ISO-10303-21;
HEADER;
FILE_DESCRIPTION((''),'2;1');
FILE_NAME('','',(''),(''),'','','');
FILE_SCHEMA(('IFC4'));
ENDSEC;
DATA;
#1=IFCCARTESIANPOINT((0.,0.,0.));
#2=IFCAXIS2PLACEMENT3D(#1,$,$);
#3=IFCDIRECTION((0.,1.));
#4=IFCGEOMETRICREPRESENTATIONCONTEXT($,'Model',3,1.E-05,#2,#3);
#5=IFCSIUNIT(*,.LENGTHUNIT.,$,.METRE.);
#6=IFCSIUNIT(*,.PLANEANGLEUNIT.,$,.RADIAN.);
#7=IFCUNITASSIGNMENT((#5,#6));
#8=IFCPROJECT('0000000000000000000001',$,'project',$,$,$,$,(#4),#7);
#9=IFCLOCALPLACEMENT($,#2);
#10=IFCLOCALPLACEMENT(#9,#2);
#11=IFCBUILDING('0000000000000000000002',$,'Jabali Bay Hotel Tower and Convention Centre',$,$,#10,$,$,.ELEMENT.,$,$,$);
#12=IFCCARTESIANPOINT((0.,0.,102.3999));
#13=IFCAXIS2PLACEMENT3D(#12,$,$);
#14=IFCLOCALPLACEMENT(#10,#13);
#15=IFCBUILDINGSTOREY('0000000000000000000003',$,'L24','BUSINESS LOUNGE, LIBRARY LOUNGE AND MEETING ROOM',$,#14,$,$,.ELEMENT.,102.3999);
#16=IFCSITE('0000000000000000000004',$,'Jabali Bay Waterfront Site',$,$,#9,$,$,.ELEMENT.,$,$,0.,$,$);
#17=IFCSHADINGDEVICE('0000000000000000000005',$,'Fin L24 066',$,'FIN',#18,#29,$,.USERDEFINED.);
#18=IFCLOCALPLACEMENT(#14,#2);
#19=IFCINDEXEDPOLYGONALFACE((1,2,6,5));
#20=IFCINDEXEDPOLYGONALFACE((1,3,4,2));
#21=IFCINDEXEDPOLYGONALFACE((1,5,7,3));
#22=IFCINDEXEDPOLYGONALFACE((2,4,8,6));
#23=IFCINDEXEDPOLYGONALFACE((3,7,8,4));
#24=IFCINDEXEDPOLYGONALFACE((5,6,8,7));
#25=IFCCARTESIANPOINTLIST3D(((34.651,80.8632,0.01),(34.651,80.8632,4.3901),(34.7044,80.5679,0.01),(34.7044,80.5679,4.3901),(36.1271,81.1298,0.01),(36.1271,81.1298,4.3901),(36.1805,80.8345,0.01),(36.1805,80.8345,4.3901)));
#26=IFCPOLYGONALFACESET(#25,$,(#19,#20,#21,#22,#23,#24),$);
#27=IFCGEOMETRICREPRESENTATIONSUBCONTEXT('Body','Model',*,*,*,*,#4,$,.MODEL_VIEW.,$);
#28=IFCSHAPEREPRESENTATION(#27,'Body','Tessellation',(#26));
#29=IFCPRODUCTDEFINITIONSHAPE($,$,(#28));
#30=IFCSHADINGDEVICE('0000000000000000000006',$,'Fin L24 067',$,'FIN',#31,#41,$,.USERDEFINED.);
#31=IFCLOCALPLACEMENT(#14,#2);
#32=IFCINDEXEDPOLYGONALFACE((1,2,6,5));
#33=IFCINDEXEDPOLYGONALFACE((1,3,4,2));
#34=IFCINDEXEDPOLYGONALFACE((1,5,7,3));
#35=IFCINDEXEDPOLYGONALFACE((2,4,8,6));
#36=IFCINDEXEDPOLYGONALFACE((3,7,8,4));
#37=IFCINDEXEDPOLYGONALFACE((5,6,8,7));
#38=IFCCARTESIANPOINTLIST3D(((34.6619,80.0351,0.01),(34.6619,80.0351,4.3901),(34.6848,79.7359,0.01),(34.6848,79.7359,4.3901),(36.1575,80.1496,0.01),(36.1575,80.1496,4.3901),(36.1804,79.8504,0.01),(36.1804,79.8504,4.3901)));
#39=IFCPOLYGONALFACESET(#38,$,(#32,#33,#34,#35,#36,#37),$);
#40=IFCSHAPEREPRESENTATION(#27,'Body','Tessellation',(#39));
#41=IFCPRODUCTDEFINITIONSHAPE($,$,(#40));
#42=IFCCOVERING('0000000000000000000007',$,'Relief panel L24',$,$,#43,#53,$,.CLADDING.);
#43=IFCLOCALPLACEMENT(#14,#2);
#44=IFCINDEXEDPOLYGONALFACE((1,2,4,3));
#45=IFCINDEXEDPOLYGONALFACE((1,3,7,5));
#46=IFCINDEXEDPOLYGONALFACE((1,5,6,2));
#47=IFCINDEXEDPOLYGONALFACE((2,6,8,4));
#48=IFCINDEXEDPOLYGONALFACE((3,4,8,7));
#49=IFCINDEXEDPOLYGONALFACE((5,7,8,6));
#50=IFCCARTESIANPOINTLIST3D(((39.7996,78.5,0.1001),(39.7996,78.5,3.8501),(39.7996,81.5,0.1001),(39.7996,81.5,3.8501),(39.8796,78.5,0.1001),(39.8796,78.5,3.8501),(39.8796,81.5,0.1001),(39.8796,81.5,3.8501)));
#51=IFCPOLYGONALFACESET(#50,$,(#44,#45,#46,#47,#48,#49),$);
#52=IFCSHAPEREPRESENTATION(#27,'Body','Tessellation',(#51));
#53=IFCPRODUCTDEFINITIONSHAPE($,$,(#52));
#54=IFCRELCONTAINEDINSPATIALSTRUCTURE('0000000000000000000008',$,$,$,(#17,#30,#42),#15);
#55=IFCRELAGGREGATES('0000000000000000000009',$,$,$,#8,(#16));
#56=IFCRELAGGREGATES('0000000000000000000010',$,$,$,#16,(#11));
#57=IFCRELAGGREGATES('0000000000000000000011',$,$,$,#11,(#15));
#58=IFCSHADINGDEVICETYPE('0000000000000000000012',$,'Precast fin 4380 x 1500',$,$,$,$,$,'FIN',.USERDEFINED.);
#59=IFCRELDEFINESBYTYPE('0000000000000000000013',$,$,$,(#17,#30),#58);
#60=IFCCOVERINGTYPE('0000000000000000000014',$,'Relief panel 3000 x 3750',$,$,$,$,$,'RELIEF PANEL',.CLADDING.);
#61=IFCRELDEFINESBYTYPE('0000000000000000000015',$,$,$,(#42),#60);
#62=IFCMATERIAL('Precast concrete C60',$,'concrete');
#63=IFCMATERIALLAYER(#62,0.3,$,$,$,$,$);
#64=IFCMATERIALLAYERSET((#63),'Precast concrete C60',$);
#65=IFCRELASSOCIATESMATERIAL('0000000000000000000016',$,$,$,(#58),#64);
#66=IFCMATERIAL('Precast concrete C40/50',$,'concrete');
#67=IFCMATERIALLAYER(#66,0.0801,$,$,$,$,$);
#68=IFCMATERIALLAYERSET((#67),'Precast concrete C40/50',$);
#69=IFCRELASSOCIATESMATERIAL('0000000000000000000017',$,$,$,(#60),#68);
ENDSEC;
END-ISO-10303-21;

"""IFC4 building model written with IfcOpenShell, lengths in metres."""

from ifc_helpers import new_model, si_unit, direction, frame, frame_2d, origin, origin_2d, place, context, subcontext, project, spatial, rectangle, extrude, material, layer, layer_set, type_object, element, save


model = new_model("IFC4")

# Units and contexts
model_context = context("Model", 3, precision=1e-05, world=origin(), true_north=direction((0.0, 1.0)))
body_context = subcontext(model_context, "Body", "Model", "MODEL_VIEW")
ifc_project = project(units=[si_unit("LENGTHUNIT", "METRE"), si_unit("PLANEANGLEUNIT", "RADIAN")], contexts=[model_context])

# Site, building, storey
site_placement = place(None, origin())
site = spatial("IfcSite", under=ifc_project, at=site_placement, Name="Jabali Bay Waterfront Site", CompositionType="ELEMENT", RefElevation=0.0)
building_placement = place(site_placement, origin())
building = spatial("IfcBuilding", under=site, at=building_placement, Name="Jabali Bay Hotel Tower and Convention Centre", CompositionType="ELEMENT")
storey_placement = place(building_placement, frame((0.0, 0.0, 102.3999)))
storey = spatial("IfcBuildingStorey", under=building, at=storey_placement, Name="L24", Description="BUSINESS LOUNGE, LIBRARY LOUNGE AND MEETING ROOM", CompositionType="ELEMENT", Elevation=102.3999)

# Shading devices
ifc_material_1 = material(Name="Precast concrete C60", Category="concrete")
ifc_layer_1 = layer(ifc_material_1, 0.3)
ifc_layer_set_1 = layer_set([ifc_layer_1], Name="Precast concrete C60")
shading_device_type_1 = type_object("IfcShadingDeviceType", Name="Precast fin 4380 x 1500", ElementType="FIN", PredefinedType="USERDEFINED", material=ifc_layer_set_1)
for number, where, z_axis, x_axis, name in (
    (1, (36.1538, 80.9822, 0.01), (0.0, 0.0, 1.0), (-0.984078, -0.177739, 0.0), "Fin L24 066"),
    (2, (36.1689, 80.0, 0.01), (0.0, 0.0, 1.0), (-0.997082, -0.076336, 0.0), "Fin L24 067"),
):
    element("IfcShadingDevice", number, at=place(storey_placement, frame(where, z_axis=z_axis, x_axis=x_axis)), inside=storey, type_object=shading_device_type_1, Name=name, ObjectType="FIN", PredefinedType="USERDEFINED", context=body_context, shape_type="SweptSolid", body=[
        extrude(rectangle(XDim=1.5, YDim=0.3, at=frame_2d((0.75, 0.0))), origin(), (0.0, 0.0, 1.0), 4.3801),
    ])

# Covering
ifc_material_2 = material(Name="Precast concrete C40/50", Category="concrete")
ifc_layer_2 = layer(ifc_material_2, 0.0801)
ifc_layer_set_2 = layer_set([ifc_layer_2], Name="Precast concrete C40/50")
covering_type = type_object("IfcCoveringType", Name="Relief panel 3000 x 3750", ElementType="RELIEF PANEL", PredefinedType="CLADDING", material=ifc_layer_set_2)
covering_placement = place(storey_placement, frame((39.8396, 80.0, 0.1001), z_axis=(0.0, 0.0, 1.0), x_axis=(0.0, 1.0, 0.0)))
element("IfcCovering", 3, at=covering_placement, inside=storey, type_object=covering_type, Name="Relief panel L24", PredefinedType="CLADDING", context=body_context, shape_type="SweptSolid", body=[
    extrude(rectangle(XDim=3.0, YDim=0.0801, at=origin_2d()), origin(), (0.0, 0.0, 1.0), 3.75),
])

save(model, "model.ifc")
